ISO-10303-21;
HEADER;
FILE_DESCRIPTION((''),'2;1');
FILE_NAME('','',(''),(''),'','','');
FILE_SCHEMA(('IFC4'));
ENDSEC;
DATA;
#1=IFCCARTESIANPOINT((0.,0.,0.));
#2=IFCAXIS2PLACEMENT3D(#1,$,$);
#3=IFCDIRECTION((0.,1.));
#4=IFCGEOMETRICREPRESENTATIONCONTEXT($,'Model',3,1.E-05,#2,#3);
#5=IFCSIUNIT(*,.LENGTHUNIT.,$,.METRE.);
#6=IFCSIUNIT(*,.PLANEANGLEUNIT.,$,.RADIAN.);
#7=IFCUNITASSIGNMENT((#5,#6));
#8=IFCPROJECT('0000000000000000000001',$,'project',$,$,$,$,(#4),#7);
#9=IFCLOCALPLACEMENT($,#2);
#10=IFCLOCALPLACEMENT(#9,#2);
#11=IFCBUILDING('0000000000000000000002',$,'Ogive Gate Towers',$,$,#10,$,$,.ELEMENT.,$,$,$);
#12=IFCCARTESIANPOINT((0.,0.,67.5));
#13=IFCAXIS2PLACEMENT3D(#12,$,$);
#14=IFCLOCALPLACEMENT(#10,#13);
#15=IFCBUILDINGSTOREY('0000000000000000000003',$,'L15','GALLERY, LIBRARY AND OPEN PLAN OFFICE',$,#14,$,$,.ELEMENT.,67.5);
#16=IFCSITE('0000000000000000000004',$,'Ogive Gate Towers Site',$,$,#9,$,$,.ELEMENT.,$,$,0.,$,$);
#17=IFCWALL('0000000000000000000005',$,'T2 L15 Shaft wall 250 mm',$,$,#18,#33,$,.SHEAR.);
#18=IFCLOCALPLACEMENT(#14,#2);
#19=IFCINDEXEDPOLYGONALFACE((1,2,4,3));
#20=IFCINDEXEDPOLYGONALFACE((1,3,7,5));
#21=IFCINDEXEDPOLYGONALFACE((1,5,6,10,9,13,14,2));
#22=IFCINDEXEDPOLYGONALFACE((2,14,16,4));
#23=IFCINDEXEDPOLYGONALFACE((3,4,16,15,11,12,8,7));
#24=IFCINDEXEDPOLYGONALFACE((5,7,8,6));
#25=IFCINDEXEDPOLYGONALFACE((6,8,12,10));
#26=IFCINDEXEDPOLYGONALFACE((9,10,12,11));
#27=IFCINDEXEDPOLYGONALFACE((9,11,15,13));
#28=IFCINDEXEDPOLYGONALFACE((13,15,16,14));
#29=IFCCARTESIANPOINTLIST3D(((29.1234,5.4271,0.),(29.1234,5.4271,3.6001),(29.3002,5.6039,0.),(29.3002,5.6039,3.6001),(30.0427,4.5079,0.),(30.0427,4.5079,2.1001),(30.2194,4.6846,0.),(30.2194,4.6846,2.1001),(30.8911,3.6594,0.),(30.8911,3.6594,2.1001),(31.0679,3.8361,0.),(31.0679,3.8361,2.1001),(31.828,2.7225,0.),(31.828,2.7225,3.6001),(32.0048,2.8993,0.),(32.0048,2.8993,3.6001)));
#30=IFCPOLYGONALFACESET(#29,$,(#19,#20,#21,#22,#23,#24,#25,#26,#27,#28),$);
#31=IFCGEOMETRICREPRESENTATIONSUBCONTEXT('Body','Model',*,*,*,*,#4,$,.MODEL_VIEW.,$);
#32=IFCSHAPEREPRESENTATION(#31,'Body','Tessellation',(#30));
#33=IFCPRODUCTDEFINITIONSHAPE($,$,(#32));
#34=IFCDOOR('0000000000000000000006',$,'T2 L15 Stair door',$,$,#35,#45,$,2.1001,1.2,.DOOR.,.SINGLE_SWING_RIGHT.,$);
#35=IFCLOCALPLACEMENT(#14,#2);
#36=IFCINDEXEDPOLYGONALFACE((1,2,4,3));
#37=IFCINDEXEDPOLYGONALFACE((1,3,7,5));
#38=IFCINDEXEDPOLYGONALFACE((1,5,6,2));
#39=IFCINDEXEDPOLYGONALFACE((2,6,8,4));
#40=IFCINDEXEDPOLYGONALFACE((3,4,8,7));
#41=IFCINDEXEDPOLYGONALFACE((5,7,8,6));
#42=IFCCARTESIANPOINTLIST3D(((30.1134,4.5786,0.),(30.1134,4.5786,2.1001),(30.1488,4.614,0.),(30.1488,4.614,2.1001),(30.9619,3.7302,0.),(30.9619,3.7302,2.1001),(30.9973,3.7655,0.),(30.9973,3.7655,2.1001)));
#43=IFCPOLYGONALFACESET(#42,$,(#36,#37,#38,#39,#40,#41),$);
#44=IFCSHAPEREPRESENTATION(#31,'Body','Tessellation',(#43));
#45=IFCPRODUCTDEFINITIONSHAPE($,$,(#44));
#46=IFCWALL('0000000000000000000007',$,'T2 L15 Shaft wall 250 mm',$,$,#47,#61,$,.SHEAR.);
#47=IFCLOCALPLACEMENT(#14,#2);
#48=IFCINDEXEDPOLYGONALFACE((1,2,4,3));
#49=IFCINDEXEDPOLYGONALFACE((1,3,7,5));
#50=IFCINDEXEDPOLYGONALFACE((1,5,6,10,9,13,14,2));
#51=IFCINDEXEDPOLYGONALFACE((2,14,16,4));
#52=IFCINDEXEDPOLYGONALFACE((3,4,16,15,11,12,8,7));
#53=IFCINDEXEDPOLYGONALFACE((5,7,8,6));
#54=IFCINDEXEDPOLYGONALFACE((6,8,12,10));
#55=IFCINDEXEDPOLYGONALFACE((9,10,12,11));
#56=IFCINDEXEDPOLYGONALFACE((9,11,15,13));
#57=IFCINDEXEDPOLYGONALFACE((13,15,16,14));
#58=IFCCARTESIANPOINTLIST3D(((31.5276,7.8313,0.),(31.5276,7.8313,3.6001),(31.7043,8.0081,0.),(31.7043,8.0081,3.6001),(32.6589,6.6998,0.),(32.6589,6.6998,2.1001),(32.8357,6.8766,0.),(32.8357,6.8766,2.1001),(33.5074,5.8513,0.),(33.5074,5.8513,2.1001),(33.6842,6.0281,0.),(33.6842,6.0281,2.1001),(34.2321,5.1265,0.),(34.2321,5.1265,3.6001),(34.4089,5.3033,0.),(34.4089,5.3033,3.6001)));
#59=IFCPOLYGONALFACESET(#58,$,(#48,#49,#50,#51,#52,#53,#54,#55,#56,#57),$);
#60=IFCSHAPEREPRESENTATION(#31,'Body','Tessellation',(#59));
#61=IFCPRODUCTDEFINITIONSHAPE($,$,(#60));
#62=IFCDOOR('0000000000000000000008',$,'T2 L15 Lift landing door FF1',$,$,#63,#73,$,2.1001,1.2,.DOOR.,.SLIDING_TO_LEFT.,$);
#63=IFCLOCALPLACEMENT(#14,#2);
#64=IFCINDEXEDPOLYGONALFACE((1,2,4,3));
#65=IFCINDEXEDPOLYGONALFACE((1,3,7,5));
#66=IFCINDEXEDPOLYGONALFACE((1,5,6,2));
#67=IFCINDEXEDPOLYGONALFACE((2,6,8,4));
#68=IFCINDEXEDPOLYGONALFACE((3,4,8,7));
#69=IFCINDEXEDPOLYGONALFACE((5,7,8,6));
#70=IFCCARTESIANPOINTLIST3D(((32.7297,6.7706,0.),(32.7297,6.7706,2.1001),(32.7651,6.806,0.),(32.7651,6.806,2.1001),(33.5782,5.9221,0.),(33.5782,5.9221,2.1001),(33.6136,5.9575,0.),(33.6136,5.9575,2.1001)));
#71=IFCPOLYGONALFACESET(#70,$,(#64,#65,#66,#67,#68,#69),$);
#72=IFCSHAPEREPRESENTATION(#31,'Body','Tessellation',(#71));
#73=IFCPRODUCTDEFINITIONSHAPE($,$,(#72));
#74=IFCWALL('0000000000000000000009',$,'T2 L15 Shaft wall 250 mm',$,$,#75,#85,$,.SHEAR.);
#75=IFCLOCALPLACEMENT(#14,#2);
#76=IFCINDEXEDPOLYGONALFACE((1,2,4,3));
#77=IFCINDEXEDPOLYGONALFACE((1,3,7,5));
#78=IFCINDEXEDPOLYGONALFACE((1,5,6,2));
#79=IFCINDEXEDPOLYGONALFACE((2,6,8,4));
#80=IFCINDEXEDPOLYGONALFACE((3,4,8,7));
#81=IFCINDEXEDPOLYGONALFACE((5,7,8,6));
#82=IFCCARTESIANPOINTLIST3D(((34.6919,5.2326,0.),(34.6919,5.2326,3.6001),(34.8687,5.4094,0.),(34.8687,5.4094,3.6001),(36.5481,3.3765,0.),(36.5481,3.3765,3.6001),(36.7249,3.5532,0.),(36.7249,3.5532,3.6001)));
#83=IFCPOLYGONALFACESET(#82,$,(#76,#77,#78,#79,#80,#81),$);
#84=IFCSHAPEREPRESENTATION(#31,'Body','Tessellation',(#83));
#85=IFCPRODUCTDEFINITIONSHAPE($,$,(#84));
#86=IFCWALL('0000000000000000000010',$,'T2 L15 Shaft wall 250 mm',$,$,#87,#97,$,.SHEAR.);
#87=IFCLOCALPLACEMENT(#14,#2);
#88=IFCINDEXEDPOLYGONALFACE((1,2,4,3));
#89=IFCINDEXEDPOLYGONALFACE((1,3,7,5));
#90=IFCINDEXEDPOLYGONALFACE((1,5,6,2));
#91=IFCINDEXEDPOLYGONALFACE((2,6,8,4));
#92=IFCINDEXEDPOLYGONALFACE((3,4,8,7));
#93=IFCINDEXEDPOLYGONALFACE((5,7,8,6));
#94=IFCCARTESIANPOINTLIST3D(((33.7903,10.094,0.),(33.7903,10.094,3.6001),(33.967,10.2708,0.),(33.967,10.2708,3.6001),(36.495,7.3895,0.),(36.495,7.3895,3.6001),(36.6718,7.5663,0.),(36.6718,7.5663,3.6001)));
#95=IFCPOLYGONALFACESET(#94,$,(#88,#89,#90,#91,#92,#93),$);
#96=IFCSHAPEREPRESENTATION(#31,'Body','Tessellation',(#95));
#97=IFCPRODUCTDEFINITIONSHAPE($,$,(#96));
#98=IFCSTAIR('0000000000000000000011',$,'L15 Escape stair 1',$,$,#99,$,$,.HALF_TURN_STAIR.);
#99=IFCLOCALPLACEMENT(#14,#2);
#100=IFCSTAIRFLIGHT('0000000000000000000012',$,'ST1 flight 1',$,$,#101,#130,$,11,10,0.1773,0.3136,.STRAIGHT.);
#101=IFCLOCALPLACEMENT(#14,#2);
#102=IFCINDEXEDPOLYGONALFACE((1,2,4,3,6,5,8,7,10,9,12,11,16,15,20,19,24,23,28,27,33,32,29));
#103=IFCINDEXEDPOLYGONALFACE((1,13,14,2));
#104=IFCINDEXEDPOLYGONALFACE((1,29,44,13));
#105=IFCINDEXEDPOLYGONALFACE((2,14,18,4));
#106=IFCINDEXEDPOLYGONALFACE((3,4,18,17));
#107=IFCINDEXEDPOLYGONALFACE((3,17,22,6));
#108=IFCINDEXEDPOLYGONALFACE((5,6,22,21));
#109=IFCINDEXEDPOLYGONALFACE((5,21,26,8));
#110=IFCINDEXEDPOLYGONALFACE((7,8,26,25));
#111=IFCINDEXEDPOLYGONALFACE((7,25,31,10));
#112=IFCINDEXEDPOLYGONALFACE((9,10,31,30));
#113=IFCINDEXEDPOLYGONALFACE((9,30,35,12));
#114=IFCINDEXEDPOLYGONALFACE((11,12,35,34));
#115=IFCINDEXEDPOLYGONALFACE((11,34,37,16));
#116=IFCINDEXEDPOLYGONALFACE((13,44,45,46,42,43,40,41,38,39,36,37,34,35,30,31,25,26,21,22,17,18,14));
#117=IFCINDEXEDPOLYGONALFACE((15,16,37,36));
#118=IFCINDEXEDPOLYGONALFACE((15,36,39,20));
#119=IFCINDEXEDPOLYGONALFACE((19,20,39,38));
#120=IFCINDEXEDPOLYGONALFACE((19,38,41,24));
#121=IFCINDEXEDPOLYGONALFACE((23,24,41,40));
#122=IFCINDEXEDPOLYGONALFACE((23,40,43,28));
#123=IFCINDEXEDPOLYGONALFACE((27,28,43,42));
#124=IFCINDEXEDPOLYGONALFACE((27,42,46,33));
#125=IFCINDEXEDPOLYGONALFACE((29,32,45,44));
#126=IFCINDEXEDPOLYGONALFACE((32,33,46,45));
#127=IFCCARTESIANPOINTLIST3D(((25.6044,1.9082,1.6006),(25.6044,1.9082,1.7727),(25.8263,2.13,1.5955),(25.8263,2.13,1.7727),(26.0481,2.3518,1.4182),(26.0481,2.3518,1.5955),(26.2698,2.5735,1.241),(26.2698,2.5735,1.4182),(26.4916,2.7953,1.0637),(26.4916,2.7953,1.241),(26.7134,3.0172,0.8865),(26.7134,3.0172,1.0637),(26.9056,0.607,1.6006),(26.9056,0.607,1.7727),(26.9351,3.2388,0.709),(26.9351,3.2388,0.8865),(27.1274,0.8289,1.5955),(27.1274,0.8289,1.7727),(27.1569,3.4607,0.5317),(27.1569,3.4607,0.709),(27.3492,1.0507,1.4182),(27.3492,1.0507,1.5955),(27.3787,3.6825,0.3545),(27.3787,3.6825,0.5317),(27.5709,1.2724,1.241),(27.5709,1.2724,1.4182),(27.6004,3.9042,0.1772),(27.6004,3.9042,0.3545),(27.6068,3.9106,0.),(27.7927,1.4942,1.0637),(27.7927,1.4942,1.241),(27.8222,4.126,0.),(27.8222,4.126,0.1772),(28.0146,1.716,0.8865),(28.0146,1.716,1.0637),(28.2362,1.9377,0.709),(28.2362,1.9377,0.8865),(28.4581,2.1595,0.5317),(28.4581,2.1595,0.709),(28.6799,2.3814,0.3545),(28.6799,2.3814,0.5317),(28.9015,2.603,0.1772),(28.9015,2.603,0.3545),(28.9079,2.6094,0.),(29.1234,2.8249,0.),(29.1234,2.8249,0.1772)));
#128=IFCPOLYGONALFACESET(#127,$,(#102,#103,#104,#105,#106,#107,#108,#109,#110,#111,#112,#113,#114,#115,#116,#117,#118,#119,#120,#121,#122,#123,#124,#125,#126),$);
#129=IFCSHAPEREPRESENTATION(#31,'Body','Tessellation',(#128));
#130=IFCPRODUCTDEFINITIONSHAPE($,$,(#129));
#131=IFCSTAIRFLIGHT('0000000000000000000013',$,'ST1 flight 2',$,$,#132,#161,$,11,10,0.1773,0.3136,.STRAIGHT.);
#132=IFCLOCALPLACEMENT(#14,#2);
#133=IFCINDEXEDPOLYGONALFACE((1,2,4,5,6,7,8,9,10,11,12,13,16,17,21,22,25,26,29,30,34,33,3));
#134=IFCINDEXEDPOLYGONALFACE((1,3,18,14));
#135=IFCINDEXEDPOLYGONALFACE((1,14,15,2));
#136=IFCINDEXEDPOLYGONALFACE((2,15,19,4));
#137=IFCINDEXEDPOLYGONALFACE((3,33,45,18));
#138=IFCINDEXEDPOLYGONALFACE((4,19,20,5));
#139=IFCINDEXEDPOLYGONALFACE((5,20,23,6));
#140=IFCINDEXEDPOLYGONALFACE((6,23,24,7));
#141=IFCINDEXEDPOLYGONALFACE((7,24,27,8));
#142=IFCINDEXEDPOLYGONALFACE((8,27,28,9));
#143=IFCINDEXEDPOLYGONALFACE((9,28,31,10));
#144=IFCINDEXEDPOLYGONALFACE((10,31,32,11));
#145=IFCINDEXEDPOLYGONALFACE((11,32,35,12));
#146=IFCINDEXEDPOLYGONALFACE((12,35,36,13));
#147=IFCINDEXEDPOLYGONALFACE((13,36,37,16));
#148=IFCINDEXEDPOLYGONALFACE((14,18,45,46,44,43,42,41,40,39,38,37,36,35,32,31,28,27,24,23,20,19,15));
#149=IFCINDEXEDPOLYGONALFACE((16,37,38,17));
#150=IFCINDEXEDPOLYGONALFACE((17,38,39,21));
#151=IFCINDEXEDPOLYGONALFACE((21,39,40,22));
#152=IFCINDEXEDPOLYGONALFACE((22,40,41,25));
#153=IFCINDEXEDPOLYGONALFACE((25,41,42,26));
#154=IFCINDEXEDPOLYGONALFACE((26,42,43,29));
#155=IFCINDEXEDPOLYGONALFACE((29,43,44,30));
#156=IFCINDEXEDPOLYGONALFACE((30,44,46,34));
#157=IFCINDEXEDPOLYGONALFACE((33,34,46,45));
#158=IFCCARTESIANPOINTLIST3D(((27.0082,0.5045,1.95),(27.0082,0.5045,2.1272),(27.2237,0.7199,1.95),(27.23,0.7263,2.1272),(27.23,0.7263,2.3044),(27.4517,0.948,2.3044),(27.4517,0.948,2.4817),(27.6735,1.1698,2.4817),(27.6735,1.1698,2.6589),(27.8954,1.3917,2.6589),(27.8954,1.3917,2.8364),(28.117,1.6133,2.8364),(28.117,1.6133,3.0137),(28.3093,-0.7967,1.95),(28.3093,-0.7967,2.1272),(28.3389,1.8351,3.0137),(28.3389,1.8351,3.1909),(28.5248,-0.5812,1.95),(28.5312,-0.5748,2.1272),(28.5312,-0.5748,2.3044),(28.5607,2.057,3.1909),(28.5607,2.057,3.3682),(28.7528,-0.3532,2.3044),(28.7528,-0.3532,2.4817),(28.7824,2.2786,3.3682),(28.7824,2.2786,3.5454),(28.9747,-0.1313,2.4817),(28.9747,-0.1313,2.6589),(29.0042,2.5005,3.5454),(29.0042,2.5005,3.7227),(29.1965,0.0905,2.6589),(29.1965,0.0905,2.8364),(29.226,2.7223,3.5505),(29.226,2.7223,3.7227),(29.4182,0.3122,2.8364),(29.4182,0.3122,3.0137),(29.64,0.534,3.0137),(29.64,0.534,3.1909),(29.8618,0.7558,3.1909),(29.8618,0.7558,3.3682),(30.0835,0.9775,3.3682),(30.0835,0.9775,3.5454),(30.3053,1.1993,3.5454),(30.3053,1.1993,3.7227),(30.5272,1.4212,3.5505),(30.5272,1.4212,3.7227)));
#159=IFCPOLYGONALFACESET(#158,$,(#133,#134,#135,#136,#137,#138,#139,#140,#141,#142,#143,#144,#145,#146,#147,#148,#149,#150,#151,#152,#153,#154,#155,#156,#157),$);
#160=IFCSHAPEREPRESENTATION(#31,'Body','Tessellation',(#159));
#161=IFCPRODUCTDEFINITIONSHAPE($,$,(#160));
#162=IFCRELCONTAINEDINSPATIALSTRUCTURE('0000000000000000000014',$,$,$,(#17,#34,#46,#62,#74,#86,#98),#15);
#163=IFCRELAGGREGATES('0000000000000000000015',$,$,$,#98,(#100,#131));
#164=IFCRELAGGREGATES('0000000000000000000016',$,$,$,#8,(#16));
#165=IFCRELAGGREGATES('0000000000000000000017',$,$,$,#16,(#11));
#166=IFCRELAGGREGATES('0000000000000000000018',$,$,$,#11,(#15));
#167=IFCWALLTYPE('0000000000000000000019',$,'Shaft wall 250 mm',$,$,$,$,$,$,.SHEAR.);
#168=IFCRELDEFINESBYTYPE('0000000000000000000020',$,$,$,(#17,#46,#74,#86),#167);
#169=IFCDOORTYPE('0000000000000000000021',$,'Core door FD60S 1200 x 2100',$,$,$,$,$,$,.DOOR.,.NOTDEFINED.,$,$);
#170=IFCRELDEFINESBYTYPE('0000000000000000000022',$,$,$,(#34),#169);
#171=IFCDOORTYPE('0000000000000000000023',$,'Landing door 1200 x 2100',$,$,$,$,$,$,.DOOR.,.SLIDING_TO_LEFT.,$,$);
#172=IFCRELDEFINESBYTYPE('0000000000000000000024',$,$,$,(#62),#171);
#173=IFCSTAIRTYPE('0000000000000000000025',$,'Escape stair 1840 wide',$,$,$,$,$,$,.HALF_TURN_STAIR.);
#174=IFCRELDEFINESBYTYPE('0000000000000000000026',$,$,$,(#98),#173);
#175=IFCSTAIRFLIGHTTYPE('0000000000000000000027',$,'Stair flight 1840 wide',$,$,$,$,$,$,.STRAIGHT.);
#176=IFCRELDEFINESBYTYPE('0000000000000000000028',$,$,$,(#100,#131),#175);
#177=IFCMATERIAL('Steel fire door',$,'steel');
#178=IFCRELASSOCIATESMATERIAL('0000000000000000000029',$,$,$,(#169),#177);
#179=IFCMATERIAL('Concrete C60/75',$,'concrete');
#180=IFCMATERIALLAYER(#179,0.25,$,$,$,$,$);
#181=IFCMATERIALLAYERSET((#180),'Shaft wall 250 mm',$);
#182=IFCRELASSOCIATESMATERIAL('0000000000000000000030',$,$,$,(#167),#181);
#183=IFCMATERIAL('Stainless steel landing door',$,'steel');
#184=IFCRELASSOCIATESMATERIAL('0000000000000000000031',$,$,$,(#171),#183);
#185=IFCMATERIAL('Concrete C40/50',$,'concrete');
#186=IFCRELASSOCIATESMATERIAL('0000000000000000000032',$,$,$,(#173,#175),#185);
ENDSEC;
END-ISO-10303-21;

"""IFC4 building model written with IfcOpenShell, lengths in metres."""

from ifc_helpers import new_model, si_unit, direction, frame, frame_2d, origin, place, context, subcontext, project, spatial, polyline, rectangle, outline, extrude, material, layer, layer_set, type_object, element, fill, aggregate, save


model = new_model("IFC4")

# Units and contexts
model_context = context("Model", 3, precision=1e-05, world=origin(), true_north=direction((0.0, 1.0)))
body_context = subcontext(model_context, "Body", "Model", "MODEL_VIEW")
ifc_project = project(units=[si_unit("LENGTHUNIT", "METRE"), si_unit("PLANEANGLEUNIT", "RADIAN")], contexts=[model_context])

# Site, building, storey
site_placement = place(None, origin())
site = spatial("IfcSite", under=ifc_project, at=site_placement, Name="Ogive Gate Towers Site", CompositionType="ELEMENT", RefElevation=0.0)
building_placement = place(site_placement, origin())
building = spatial("IfcBuilding", under=site, at=building_placement, Name="Ogive Gate Towers", CompositionType="ELEMENT")
storey_placement = place(building_placement, frame((0.0, 0.0, 67.5)))
storey = spatial("IfcBuildingStorey", under=building, at=storey_placement, Name="L15", Description="GALLERY, LIBRARY AND OPEN PLAN OFFICE", CompositionType="ELEMENT", Elevation=67.5)

# Shared definitions
ifc_material_1 = material(Name="Concrete C40/50", Category="concrete")

# Shared definitions
ifc_material_2 = material(Name="Concrete C60/75", Category="concrete")
ifc_material_3 = material(Name="Steel fire door", Category="steel")
door_type_1 = type_object("IfcDoorType", Name="Core door FD60S 1200 x 2100", OperationType="NOTDEFINED", PredefinedType="DOOR", material=ifc_material_3)

# Shared definitions
ifc_layer_1 = layer(ifc_material_2, 0.25)
ifc_layer_set_1 = layer_set([ifc_layer_1], Name="Shaft wall 250 mm")
wall_type_1 = type_object("IfcWallType", Name="Shaft wall 250 mm", PredefinedType="SHEAR", material=ifc_layer_set_1)

# Walls, openings, doors
wall_1_placement = place(storey_placement, frame((31.9165, 2.8108, 0.0), z_axis=(0.0, 0.0, 1.0), x_axis=(-0.707107, 0.707107, 0.0)))
wall_1 = element("IfcWall", 1, at=wall_1_placement, inside=storey, type_object=wall_type_1, Name="T2 L15 Shaft wall 250 mm", PredefinedType="SHEAR", context=body_context, shape_type="SweptSolid", body=[
    extrude(rectangle(XDim=3.825, YDim=0.25, at=frame_2d((1.9126, 0.0))), origin(), (0.0, 0.0, 1.0), 3.6001),
])
opening_1_placement = place(wall_1_placement, frame((1.325, 0.0, 0.0)))
opening_1 = element("IfcOpeningElement", 2, at=opening_1_placement, cuts=wall_1, PredefinedType="OPENING", context=body_context, shape_type="SweptSolid", body=[
    extrude(rectangle(XDim=1.2, YDim=2.1001, at=frame_2d((0.6001, 1.05))), frame((0.0, 0.135, 0.0), z_axis=(0.0, -1.0, 0.0), x_axis=(1.0, 0.0, 0.0)), (0.0, 0.0, 1.0), 0.27),
])
door_1_placement = place(opening_1_placement, origin())
door_1 = element("IfcDoor", 3, at=door_1_placement, inside=storey, type_object=door_type_1, Name="T2 L15 Stair door", OperationType="SINGLE_SWING_RIGHT", OverallHeight=2.1001, OverallWidth=1.2, PredefinedType="DOOR", context=body_context, shape_type="SweptSolid", body=[
    extrude(rectangle(XDim=1.2, YDim=2.1001, at=frame_2d((0.6001, 1.05))), frame((0.0, 0.0249, 0.0), z_axis=(0.0, -1.0, 0.0), x_axis=(1.0, 0.0, 0.0)), (0.0, 0.0, 1.0), 0.05),
])
fill(opening_1, door_1)
wall_2_placement = place(storey_placement, frame((34.3206, 5.2148, 0.0), z_axis=(0.0, 0.0, 1.0), x_axis=(-0.707075, 0.707139, 0.0)))
wall_2 = element("IfcWall", 4, at=wall_2_placement, inside=storey, type_object=wall_type_1, Name="T2 L15 Shaft wall 250 mm", PredefinedType="SHEAR", context=body_context, shape_type="SweptSolid", body=[
    extrude(rectangle(XDim=3.825, YDim=0.25, at=frame_2d((1.9126, 0.0))), origin(), (0.0, 0.0, 1.0), 3.6001),
])
opening_2_placement = place(wall_2_placement, frame((1.0249, 0.0, 0.0)))
opening_2 = element("IfcOpeningElement", 5, at=opening_2_placement, cuts=wall_2, PredefinedType="OPENING", context=body_context, shape_type="SweptSolid", body=[
    extrude(rectangle(XDim=1.2, YDim=2.1001, at=frame_2d((0.6001, 1.05))), frame((0.0, 0.135, 0.0), z_axis=(0.0, -1.0, 0.0), x_axis=(1.0, 0.0, 0.0)), (0.0, 0.0, 1.0), 0.27),
])
ifc_material_4 = material(Name="Stainless steel landing door", Category="steel")
door_type_2 = type_object("IfcDoorType", Name="Landing door 1200 x 2100", OperationType="SLIDING_TO_LEFT", PredefinedType="DOOR", material=ifc_material_4)
door_2_placement = place(opening_2_placement, origin())
door_2 = element("IfcDoor", 6, at=door_2_placement, inside=storey, type_object=door_type_2, Name="T2 L15 Lift landing door FF1", OperationType="SLIDING_TO_LEFT", OverallHeight=2.1001, OverallWidth=1.2, PredefinedType="DOOR", context=body_context, shape_type="SweptSolid", body=[
    extrude(rectangle(XDim=1.2, YDim=2.1001, at=frame_2d((0.6001, 1.05))), frame((0.0, 0.0249, 0.0), z_axis=(0.0, -1.0, 0.0), x_axis=(1.0, 0.0, 0.0)), (0.0, 0.0, 1.0), 0.05),
])
fill(opening_2, door_2)

# Walls
wall_3_placement = place(storey_placement, frame((36.6365, 3.4648, 0.0), z_axis=(0.0, 0.0, 1.0), x_axis=(-0.707107, 0.707107, 0.0)))
element("IfcWall", 7, at=wall_3_placement, inside=storey, type_object=wall_type_1, Name="T2 L15 Shaft wall 250 mm", PredefinedType="SHEAR", context=body_context, shape_type="SweptSolid", body=[
    extrude(rectangle(XDim=2.625, YDim=0.25, at=frame_2d((1.3125, 0.0))), origin(), (0.0, 0.0, 1.0), 3.6001),
])
wall_4_placement = place(storey_placement, frame((36.5835, 7.4778, 0.0), z_axis=(0.0, 0.0, 1.0), x_axis=(-0.707139, 0.707075, 0.0)))
element("IfcWall", 8, at=wall_4_placement, inside=storey, type_object=wall_type_1, Name="T2 L15 Shaft wall 250 mm", PredefinedType="SHEAR", context=body_context, shape_type="SweptSolid", body=[
    extrude(rectangle(XDim=3.825, YDim=0.25, at=frame_2d((1.9126, 0.0))), origin(), (0.0, 0.0, 1.0), 3.6001),
])

# Stair, stair flights
stair_type = type_object("IfcStairType", Name="Escape stair 1840 wide", PredefinedType="HALF_TURN_STAIR", material=ifc_material_1)
stair_placement = place(storey_placement, origin())
stair = element("IfcStair", 9, at=stair_placement, inside=storey, type_object=stair_type, Name="L15 Escape stair 1", PredefinedType="HALF_TURN_STAIR")
stair_flight_type = type_object("IfcStairFlightType", Name="Stair flight 1840 wide", PredefinedType="STRAIGHT", material=ifc_material_1)
stair_flight_1_placement = place(storey_placement, frame((28.4729, 3.4753, 0.0), z_axis=(0.0, 0.0, 1.0), x_axis=(-0.707107, -0.707107, 0.0)))
stair_flight_1 = element("IfcStairFlight", 10, at=stair_flight_1_placement, type_object=stair_flight_type, Name="ST1 flight 1", NumberOfRisers=11, NumberOfTreads=10, PredefinedType="STRAIGHT", RiserHeight=0.1773, TreadLength=0.3136, context=body_context, shape_type="SweptSolid", body=[
    extrude(outline(polyline([(0.0, 0.0), (0.0, 0.1772), (0.3137, 0.1772), (0.3137, 0.3545), (0.6272, 0.3545), (0.6272, 0.5317), (0.9409, 0.5317), (0.9409, 0.709), (1.2546, 0.709), (1.2546, 0.8865), (1.5681, 0.8865), (1.5681, 1.0637), (1.8818, 1.0637), (1.8818, 1.241), (2.1956, 1.241), (2.1956, 1.4182), (2.509, 1.4182), (2.509, 1.5955), (2.8228, 1.5955), (2.8228, 1.7727), (3.1365, 1.7727), (3.1365, 1.95), (3.1365, 1.6006), (0.3047, 0.0), (0.0, 0.0)])), frame((0.0, 0.9199, 0.0), z_axis=(0.0, -1.0, 0.0), x_axis=(1.0, 0.0, 0.0)), (0.0, 0.0, 1.0), 1.8401),
])
stair_flight_2_placement = place(storey_placement, frame((27.6587, -0.146, 1.95), z_axis=(0.0, 0.0, 1.0), x_axis=(0.707107, 0.707107, 0.0)))
stair_flight_2 = element("IfcStairFlight", 11, at=stair_flight_2_placement, type_object=stair_flight_type, Name="ST1 flight 2", NumberOfRisers=11, NumberOfTreads=10, PredefinedType="STRAIGHT", RiserHeight=0.1773, TreadLength=0.3136, context=body_context, shape_type="SweptSolid", body=[
    extrude(outline(polyline([(0.0, 0.0), (0.0, 0.1772), (0.3137, 0.1772), (0.3137, 0.3545), (0.6272, 0.3545), (0.6272, 0.5317), (0.9409, 0.5317), (0.9409, 0.709), (1.2546, 0.709), (1.2546, 0.8865), (1.5681, 0.8865), (1.5681, 1.0637), (1.8818, 1.0637), (1.8818, 1.241), (2.1956, 1.241), (2.1956, 1.4182), (2.509, 1.4182), (2.509, 1.5955), (2.8228, 1.5955), (2.8228, 1.7727), (3.1365, 1.7727), (3.1365, 1.95), (3.1365, 1.6006), (0.3047, 0.0), (0.0, 0.0)])), frame((0.0, 0.9199, 0.0), z_axis=(0.0, -1.0, 0.0), x_axis=(1.0, 0.0, 0.0)), (0.0, 0.0, 1.0), 1.8401),
])
aggregate(stair, [stair_flight_1, stair_flight_2])

save(model, "model.ifc")
